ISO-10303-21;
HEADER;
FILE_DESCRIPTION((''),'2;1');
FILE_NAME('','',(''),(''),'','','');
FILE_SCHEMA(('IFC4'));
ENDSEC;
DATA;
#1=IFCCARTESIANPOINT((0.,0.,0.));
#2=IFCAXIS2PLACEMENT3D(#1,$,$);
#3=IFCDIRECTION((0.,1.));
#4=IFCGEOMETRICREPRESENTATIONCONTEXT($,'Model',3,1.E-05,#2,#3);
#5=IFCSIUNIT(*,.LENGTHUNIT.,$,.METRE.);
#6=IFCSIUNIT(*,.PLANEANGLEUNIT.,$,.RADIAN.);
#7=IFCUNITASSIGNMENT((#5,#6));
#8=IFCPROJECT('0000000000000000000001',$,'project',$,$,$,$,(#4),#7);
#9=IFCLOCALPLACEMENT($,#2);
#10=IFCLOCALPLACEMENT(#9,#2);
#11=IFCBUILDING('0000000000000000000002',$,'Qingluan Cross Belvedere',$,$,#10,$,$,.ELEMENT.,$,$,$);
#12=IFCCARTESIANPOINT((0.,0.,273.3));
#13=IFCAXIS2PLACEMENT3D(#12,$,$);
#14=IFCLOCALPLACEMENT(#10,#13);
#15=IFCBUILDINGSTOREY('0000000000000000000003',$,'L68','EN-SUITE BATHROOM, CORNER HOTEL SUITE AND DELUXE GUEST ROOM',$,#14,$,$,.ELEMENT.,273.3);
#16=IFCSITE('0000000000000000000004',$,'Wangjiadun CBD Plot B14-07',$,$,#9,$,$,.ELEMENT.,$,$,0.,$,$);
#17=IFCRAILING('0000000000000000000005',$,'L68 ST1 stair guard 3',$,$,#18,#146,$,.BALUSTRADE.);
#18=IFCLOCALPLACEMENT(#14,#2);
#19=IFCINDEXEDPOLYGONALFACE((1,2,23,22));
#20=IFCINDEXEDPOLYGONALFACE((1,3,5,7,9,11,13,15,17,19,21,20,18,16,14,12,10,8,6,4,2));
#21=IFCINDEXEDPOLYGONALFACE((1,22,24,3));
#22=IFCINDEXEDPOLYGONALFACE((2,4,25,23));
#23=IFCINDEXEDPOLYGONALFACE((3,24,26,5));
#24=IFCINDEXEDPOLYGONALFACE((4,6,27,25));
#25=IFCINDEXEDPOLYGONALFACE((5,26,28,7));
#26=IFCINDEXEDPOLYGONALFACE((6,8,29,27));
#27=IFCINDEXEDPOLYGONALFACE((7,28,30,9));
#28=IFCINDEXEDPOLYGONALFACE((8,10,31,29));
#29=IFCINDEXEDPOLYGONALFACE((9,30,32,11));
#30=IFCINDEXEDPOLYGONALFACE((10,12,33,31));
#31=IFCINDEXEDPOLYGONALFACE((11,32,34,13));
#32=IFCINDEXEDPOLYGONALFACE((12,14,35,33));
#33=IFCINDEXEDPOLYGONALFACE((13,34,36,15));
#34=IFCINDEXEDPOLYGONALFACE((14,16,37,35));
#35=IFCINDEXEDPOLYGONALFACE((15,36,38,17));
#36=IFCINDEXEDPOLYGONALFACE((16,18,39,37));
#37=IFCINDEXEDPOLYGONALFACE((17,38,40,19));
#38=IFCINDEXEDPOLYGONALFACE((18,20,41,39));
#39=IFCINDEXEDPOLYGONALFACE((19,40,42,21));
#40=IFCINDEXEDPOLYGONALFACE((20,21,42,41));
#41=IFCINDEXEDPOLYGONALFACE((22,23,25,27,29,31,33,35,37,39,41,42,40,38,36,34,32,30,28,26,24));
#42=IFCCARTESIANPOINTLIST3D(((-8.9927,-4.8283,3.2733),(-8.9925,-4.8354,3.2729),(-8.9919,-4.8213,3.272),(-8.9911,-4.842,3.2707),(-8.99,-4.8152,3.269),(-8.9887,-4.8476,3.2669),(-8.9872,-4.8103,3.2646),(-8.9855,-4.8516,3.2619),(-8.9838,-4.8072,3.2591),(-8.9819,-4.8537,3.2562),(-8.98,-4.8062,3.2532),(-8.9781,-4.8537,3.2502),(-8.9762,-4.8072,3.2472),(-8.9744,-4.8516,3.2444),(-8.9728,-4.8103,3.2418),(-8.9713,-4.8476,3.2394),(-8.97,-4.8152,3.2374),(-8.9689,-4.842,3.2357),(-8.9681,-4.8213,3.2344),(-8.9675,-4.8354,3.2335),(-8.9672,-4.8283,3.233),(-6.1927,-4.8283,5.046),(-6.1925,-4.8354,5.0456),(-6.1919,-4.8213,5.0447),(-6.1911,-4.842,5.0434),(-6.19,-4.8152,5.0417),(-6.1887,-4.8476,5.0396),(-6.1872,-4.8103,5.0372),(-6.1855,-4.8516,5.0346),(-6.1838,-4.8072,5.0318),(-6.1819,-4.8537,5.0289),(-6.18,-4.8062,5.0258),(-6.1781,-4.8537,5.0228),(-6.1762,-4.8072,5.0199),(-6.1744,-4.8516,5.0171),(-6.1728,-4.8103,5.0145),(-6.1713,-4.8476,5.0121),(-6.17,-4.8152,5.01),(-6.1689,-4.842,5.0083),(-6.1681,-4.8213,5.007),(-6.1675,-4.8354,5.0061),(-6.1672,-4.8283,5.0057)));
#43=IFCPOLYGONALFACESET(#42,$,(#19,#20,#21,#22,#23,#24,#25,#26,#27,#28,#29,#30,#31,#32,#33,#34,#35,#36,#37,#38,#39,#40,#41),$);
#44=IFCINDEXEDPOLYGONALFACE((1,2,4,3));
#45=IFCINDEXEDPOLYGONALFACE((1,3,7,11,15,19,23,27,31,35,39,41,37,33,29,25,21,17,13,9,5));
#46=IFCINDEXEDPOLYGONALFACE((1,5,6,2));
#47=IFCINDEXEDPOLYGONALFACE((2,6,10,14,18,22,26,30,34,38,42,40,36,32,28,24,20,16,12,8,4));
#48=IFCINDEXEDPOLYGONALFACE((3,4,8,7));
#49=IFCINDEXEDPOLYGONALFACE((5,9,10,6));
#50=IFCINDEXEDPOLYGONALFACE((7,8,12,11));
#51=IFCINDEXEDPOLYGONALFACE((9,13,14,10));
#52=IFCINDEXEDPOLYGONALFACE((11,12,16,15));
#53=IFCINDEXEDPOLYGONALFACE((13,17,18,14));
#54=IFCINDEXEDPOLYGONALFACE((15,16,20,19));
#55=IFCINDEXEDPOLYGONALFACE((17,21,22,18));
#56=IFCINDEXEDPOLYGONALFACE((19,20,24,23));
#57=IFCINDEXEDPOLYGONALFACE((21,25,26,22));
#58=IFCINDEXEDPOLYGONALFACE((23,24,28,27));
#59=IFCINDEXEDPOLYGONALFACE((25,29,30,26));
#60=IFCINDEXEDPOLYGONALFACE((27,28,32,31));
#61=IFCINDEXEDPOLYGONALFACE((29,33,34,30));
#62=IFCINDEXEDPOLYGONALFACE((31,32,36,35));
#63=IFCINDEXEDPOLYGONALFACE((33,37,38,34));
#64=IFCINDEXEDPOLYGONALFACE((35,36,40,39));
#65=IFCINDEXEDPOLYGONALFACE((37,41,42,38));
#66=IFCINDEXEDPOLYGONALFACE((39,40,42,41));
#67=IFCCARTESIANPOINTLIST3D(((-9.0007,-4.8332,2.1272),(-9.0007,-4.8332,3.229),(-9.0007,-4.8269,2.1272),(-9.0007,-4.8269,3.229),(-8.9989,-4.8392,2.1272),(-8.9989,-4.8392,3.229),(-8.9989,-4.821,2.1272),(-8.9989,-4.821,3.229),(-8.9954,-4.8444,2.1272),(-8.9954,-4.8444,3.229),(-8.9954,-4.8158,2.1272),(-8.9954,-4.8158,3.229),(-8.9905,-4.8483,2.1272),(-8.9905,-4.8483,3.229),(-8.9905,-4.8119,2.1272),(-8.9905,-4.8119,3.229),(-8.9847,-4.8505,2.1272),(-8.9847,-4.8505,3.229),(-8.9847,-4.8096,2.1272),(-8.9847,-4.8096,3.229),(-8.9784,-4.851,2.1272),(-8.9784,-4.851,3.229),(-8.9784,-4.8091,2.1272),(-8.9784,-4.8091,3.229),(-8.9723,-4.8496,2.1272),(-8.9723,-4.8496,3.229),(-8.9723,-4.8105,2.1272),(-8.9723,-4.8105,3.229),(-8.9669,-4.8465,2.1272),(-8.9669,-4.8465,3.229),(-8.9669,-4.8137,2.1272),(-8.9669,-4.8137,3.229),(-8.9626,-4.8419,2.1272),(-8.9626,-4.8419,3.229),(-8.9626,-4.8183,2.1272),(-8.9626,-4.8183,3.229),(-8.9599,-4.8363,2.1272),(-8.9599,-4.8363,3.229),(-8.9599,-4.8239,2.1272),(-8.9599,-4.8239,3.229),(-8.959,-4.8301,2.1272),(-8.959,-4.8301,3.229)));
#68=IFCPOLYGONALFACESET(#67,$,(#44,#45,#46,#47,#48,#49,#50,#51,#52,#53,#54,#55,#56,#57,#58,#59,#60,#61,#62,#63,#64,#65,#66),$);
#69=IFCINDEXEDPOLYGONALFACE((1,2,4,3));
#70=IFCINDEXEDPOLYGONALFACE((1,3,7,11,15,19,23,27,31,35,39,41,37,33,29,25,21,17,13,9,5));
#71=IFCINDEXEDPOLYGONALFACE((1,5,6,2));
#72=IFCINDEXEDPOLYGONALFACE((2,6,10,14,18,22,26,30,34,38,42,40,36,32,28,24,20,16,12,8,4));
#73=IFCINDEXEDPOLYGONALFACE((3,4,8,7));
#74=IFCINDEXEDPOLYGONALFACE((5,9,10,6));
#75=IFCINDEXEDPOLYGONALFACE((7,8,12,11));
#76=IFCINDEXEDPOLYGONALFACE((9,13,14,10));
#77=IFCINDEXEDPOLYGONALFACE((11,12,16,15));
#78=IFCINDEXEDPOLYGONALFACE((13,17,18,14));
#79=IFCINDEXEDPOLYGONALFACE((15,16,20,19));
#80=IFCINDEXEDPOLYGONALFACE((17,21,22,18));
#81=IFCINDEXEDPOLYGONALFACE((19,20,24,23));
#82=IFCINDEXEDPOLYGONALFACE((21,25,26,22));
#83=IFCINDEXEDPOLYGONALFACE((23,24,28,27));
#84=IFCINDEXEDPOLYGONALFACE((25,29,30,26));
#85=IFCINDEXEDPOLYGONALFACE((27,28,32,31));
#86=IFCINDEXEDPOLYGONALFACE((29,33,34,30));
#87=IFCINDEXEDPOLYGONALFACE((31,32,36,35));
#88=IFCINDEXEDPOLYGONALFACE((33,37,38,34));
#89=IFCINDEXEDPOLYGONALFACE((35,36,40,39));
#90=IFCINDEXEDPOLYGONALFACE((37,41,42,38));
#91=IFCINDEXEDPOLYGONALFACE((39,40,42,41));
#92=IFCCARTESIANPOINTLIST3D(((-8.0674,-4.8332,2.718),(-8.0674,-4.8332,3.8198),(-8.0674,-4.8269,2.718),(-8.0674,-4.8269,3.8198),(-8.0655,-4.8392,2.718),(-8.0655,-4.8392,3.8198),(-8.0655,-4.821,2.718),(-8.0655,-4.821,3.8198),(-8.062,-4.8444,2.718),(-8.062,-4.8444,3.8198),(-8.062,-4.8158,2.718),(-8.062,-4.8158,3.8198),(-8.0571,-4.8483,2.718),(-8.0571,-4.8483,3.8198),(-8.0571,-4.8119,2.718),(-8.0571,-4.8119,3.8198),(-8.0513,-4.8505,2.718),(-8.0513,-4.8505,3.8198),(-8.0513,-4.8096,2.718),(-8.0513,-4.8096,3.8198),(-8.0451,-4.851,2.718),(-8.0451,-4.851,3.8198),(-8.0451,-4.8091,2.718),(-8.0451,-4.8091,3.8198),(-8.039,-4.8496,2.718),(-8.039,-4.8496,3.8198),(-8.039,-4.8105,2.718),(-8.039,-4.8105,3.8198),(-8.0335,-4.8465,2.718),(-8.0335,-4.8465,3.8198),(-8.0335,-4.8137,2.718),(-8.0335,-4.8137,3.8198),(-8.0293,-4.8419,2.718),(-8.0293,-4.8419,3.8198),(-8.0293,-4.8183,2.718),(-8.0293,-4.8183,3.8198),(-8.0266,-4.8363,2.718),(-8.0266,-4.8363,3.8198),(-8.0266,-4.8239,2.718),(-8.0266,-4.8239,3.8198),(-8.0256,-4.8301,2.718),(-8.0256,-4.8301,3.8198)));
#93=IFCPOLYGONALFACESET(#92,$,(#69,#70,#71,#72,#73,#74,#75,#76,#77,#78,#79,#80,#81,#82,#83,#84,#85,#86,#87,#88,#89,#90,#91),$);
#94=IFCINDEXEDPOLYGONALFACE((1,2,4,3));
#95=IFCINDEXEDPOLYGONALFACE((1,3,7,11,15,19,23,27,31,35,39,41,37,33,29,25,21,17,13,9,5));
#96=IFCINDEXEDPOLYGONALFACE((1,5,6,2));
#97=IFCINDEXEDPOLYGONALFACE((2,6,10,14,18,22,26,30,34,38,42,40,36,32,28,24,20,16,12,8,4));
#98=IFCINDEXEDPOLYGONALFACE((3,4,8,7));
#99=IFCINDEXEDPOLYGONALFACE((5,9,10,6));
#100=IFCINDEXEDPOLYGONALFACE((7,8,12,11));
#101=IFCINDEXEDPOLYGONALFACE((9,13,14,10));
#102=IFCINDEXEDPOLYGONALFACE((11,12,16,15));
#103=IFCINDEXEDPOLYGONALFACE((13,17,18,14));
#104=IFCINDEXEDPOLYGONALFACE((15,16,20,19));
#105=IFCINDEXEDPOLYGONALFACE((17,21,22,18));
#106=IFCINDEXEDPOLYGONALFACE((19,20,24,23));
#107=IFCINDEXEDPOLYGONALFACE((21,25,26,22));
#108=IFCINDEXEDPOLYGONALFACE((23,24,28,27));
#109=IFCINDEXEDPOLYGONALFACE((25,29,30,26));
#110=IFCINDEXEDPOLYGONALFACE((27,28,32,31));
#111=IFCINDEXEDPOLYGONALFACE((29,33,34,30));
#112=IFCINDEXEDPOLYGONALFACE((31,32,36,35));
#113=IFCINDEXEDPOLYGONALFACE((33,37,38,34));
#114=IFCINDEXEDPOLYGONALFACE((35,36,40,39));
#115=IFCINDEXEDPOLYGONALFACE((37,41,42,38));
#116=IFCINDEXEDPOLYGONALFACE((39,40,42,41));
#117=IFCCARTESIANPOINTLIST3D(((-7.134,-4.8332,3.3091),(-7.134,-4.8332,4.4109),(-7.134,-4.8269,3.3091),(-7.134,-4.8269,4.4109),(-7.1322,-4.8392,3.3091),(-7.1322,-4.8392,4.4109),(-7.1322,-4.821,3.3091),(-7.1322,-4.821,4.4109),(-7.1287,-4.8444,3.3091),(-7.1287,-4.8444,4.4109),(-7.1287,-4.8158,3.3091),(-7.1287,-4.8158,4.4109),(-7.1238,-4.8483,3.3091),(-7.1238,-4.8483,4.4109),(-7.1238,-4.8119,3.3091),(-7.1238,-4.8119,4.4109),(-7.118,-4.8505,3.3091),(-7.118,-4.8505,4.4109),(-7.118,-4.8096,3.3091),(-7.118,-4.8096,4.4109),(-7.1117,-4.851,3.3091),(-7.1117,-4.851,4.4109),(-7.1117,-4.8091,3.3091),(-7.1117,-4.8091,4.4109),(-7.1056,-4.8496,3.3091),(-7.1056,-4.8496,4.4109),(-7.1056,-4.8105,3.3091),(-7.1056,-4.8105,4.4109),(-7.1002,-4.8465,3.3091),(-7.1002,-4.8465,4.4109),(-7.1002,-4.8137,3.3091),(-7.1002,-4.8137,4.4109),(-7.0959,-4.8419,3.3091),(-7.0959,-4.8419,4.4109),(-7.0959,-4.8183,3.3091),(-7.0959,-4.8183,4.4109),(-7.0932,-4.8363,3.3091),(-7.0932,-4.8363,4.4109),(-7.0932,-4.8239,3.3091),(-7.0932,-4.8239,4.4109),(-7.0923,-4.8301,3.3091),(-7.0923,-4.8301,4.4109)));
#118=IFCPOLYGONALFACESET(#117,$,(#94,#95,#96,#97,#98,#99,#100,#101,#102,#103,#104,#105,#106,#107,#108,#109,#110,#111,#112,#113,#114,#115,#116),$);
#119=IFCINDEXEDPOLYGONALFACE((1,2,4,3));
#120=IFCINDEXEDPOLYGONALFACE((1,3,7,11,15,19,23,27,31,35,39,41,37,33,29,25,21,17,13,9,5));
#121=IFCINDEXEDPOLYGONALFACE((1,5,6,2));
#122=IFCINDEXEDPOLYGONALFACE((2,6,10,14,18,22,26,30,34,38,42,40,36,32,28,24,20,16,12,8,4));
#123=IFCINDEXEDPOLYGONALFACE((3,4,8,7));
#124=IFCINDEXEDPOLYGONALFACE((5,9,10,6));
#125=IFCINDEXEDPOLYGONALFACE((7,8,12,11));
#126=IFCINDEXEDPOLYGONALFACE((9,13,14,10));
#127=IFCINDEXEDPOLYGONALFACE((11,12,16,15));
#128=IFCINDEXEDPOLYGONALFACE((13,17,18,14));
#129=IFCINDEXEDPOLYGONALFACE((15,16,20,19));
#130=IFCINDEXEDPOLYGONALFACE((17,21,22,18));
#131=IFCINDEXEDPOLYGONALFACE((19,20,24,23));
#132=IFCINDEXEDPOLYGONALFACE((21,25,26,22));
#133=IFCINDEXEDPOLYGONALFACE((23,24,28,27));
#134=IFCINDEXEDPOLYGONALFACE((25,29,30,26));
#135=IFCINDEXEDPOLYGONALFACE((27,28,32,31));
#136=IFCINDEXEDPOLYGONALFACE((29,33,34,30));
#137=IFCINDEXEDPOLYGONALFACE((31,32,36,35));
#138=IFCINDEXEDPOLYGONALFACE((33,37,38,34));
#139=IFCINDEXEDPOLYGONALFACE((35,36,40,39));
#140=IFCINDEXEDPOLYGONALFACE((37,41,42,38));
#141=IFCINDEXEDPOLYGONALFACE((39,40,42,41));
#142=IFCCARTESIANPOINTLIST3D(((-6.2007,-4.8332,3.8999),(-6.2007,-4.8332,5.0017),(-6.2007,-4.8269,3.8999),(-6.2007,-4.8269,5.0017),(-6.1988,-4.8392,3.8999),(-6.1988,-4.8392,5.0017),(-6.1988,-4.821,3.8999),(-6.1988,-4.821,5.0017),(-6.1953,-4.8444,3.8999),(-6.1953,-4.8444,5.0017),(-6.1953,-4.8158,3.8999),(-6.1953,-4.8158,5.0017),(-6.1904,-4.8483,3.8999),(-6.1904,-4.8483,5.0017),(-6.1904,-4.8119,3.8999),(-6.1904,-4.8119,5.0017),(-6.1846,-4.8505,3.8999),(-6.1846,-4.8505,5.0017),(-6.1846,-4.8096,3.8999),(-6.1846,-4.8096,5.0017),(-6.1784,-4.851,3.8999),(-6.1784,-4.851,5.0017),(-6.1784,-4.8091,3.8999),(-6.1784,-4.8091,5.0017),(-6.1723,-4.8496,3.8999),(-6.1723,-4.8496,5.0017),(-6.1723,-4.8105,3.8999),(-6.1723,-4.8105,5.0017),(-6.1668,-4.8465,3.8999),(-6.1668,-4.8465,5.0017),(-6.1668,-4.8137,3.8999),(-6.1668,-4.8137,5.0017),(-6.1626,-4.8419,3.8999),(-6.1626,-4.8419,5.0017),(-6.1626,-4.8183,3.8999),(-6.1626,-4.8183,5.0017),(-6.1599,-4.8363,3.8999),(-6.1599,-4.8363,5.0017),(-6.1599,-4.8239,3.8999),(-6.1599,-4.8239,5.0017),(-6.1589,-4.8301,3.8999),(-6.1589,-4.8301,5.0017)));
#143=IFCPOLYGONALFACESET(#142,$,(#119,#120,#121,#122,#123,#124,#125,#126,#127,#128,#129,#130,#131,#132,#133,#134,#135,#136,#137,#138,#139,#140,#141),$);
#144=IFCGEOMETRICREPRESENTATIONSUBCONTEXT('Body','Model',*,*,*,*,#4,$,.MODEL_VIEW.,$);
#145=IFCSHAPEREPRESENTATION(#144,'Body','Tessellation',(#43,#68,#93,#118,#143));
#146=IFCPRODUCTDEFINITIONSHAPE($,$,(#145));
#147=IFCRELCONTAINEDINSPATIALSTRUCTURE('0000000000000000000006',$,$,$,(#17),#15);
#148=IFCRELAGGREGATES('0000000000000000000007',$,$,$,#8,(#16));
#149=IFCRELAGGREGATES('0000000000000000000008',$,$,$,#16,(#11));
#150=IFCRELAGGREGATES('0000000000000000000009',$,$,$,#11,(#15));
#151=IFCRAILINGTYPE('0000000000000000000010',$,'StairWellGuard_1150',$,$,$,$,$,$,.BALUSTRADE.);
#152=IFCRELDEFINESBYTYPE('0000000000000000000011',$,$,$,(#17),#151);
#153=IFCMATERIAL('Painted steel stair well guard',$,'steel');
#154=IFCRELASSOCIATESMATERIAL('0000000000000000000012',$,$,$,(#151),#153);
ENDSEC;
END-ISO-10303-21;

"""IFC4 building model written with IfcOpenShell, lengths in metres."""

from ifc_helpers import new_model, si_unit, direction, frame, origin, origin_2d, place, context, subcontext, project, spatial, circle, extrude, material, type_object, element, save


model = new_model("IFC4")

# Units and contexts
model_context = context("Model", 3, precision=1e-05, world=origin(), true_north=direction((0.0, 1.0)))
body_context = subcontext(model_context, "Body", "Model", "MODEL_VIEW")
ifc_project = project(units=[si_unit("LENGTHUNIT", "METRE"), si_unit("PLANEANGLEUNIT", "RADIAN")], contexts=[model_context])

# Site, building, storey
site_placement = place(None, origin())
site = spatial("IfcSite", under=ifc_project, at=site_placement, Name="Wangjiadun CBD Plot B14-07", CompositionType="ELEMENT", RefElevation=0.0)
building_placement = place(site_placement, origin())
building = spatial("IfcBuilding", under=site, at=building_placement, Name="Qingluan Cross Belvedere", CompositionType="ELEMENT")
storey_placement = place(building_placement, frame((0.0, 0.0, 273.3)))
storey = spatial("IfcBuildingStorey", under=building, at=storey_placement, Name="L68", Description="EN-SUITE BATHROOM, CORNER HOTEL SUITE AND DELUXE GUEST ROOM", CompositionType="ELEMENT", Elevation=273.3)

# Railing
ifc_material_1 = material(Name="Painted steel stair well guard", Category="steel")
railing_type_1 = type_object("IfcRailingType", Name="StairWellGuard_1150", PredefinedType="BALUSTRADE", material=ifc_material_1)
railing_1_placement = place(storey_placement, frame((-8.98, -4.8301, 2.1272)))
element("IfcRailing", 1, at=railing_1_placement, inside=storey, type_object=railing_type_1, Name="L68 ST1 stair guard 3", PredefinedType="BALUSTRADE", context=body_context, shape_type="SweptSolid", body=[
    extrude(circle(Radius=0.0239, at=origin_2d()), frame((0.0, 0.0, 1.126), z_axis=(0.844909, 0.0, 0.53491), x_axis=(0.0, 1.0, 0.0)), (0.0, 0.0, 1.0), 3.314),
    extrude(circle(Radius=0.021, at=origin_2d()), origin(), (0.0, 0.0, 1.0), 1.1018),
    extrude(circle(Radius=0.021, at=origin_2d()), frame((0.9333, 0.0, 0.5908)), (0.0, 0.0, 1.0), 1.1018),
    extrude(circle(Radius=0.021, at=origin_2d()), frame((1.8667, 0.0, 1.1819)), (0.0, 0.0, 1.0), 1.1018),
    extrude(circle(Radius=0.021, at=origin_2d()), frame((2.8, 0.0, 1.7727)), (0.0, 0.0, 1.0), 1.1018),
])

save(model, "model.ifc")
